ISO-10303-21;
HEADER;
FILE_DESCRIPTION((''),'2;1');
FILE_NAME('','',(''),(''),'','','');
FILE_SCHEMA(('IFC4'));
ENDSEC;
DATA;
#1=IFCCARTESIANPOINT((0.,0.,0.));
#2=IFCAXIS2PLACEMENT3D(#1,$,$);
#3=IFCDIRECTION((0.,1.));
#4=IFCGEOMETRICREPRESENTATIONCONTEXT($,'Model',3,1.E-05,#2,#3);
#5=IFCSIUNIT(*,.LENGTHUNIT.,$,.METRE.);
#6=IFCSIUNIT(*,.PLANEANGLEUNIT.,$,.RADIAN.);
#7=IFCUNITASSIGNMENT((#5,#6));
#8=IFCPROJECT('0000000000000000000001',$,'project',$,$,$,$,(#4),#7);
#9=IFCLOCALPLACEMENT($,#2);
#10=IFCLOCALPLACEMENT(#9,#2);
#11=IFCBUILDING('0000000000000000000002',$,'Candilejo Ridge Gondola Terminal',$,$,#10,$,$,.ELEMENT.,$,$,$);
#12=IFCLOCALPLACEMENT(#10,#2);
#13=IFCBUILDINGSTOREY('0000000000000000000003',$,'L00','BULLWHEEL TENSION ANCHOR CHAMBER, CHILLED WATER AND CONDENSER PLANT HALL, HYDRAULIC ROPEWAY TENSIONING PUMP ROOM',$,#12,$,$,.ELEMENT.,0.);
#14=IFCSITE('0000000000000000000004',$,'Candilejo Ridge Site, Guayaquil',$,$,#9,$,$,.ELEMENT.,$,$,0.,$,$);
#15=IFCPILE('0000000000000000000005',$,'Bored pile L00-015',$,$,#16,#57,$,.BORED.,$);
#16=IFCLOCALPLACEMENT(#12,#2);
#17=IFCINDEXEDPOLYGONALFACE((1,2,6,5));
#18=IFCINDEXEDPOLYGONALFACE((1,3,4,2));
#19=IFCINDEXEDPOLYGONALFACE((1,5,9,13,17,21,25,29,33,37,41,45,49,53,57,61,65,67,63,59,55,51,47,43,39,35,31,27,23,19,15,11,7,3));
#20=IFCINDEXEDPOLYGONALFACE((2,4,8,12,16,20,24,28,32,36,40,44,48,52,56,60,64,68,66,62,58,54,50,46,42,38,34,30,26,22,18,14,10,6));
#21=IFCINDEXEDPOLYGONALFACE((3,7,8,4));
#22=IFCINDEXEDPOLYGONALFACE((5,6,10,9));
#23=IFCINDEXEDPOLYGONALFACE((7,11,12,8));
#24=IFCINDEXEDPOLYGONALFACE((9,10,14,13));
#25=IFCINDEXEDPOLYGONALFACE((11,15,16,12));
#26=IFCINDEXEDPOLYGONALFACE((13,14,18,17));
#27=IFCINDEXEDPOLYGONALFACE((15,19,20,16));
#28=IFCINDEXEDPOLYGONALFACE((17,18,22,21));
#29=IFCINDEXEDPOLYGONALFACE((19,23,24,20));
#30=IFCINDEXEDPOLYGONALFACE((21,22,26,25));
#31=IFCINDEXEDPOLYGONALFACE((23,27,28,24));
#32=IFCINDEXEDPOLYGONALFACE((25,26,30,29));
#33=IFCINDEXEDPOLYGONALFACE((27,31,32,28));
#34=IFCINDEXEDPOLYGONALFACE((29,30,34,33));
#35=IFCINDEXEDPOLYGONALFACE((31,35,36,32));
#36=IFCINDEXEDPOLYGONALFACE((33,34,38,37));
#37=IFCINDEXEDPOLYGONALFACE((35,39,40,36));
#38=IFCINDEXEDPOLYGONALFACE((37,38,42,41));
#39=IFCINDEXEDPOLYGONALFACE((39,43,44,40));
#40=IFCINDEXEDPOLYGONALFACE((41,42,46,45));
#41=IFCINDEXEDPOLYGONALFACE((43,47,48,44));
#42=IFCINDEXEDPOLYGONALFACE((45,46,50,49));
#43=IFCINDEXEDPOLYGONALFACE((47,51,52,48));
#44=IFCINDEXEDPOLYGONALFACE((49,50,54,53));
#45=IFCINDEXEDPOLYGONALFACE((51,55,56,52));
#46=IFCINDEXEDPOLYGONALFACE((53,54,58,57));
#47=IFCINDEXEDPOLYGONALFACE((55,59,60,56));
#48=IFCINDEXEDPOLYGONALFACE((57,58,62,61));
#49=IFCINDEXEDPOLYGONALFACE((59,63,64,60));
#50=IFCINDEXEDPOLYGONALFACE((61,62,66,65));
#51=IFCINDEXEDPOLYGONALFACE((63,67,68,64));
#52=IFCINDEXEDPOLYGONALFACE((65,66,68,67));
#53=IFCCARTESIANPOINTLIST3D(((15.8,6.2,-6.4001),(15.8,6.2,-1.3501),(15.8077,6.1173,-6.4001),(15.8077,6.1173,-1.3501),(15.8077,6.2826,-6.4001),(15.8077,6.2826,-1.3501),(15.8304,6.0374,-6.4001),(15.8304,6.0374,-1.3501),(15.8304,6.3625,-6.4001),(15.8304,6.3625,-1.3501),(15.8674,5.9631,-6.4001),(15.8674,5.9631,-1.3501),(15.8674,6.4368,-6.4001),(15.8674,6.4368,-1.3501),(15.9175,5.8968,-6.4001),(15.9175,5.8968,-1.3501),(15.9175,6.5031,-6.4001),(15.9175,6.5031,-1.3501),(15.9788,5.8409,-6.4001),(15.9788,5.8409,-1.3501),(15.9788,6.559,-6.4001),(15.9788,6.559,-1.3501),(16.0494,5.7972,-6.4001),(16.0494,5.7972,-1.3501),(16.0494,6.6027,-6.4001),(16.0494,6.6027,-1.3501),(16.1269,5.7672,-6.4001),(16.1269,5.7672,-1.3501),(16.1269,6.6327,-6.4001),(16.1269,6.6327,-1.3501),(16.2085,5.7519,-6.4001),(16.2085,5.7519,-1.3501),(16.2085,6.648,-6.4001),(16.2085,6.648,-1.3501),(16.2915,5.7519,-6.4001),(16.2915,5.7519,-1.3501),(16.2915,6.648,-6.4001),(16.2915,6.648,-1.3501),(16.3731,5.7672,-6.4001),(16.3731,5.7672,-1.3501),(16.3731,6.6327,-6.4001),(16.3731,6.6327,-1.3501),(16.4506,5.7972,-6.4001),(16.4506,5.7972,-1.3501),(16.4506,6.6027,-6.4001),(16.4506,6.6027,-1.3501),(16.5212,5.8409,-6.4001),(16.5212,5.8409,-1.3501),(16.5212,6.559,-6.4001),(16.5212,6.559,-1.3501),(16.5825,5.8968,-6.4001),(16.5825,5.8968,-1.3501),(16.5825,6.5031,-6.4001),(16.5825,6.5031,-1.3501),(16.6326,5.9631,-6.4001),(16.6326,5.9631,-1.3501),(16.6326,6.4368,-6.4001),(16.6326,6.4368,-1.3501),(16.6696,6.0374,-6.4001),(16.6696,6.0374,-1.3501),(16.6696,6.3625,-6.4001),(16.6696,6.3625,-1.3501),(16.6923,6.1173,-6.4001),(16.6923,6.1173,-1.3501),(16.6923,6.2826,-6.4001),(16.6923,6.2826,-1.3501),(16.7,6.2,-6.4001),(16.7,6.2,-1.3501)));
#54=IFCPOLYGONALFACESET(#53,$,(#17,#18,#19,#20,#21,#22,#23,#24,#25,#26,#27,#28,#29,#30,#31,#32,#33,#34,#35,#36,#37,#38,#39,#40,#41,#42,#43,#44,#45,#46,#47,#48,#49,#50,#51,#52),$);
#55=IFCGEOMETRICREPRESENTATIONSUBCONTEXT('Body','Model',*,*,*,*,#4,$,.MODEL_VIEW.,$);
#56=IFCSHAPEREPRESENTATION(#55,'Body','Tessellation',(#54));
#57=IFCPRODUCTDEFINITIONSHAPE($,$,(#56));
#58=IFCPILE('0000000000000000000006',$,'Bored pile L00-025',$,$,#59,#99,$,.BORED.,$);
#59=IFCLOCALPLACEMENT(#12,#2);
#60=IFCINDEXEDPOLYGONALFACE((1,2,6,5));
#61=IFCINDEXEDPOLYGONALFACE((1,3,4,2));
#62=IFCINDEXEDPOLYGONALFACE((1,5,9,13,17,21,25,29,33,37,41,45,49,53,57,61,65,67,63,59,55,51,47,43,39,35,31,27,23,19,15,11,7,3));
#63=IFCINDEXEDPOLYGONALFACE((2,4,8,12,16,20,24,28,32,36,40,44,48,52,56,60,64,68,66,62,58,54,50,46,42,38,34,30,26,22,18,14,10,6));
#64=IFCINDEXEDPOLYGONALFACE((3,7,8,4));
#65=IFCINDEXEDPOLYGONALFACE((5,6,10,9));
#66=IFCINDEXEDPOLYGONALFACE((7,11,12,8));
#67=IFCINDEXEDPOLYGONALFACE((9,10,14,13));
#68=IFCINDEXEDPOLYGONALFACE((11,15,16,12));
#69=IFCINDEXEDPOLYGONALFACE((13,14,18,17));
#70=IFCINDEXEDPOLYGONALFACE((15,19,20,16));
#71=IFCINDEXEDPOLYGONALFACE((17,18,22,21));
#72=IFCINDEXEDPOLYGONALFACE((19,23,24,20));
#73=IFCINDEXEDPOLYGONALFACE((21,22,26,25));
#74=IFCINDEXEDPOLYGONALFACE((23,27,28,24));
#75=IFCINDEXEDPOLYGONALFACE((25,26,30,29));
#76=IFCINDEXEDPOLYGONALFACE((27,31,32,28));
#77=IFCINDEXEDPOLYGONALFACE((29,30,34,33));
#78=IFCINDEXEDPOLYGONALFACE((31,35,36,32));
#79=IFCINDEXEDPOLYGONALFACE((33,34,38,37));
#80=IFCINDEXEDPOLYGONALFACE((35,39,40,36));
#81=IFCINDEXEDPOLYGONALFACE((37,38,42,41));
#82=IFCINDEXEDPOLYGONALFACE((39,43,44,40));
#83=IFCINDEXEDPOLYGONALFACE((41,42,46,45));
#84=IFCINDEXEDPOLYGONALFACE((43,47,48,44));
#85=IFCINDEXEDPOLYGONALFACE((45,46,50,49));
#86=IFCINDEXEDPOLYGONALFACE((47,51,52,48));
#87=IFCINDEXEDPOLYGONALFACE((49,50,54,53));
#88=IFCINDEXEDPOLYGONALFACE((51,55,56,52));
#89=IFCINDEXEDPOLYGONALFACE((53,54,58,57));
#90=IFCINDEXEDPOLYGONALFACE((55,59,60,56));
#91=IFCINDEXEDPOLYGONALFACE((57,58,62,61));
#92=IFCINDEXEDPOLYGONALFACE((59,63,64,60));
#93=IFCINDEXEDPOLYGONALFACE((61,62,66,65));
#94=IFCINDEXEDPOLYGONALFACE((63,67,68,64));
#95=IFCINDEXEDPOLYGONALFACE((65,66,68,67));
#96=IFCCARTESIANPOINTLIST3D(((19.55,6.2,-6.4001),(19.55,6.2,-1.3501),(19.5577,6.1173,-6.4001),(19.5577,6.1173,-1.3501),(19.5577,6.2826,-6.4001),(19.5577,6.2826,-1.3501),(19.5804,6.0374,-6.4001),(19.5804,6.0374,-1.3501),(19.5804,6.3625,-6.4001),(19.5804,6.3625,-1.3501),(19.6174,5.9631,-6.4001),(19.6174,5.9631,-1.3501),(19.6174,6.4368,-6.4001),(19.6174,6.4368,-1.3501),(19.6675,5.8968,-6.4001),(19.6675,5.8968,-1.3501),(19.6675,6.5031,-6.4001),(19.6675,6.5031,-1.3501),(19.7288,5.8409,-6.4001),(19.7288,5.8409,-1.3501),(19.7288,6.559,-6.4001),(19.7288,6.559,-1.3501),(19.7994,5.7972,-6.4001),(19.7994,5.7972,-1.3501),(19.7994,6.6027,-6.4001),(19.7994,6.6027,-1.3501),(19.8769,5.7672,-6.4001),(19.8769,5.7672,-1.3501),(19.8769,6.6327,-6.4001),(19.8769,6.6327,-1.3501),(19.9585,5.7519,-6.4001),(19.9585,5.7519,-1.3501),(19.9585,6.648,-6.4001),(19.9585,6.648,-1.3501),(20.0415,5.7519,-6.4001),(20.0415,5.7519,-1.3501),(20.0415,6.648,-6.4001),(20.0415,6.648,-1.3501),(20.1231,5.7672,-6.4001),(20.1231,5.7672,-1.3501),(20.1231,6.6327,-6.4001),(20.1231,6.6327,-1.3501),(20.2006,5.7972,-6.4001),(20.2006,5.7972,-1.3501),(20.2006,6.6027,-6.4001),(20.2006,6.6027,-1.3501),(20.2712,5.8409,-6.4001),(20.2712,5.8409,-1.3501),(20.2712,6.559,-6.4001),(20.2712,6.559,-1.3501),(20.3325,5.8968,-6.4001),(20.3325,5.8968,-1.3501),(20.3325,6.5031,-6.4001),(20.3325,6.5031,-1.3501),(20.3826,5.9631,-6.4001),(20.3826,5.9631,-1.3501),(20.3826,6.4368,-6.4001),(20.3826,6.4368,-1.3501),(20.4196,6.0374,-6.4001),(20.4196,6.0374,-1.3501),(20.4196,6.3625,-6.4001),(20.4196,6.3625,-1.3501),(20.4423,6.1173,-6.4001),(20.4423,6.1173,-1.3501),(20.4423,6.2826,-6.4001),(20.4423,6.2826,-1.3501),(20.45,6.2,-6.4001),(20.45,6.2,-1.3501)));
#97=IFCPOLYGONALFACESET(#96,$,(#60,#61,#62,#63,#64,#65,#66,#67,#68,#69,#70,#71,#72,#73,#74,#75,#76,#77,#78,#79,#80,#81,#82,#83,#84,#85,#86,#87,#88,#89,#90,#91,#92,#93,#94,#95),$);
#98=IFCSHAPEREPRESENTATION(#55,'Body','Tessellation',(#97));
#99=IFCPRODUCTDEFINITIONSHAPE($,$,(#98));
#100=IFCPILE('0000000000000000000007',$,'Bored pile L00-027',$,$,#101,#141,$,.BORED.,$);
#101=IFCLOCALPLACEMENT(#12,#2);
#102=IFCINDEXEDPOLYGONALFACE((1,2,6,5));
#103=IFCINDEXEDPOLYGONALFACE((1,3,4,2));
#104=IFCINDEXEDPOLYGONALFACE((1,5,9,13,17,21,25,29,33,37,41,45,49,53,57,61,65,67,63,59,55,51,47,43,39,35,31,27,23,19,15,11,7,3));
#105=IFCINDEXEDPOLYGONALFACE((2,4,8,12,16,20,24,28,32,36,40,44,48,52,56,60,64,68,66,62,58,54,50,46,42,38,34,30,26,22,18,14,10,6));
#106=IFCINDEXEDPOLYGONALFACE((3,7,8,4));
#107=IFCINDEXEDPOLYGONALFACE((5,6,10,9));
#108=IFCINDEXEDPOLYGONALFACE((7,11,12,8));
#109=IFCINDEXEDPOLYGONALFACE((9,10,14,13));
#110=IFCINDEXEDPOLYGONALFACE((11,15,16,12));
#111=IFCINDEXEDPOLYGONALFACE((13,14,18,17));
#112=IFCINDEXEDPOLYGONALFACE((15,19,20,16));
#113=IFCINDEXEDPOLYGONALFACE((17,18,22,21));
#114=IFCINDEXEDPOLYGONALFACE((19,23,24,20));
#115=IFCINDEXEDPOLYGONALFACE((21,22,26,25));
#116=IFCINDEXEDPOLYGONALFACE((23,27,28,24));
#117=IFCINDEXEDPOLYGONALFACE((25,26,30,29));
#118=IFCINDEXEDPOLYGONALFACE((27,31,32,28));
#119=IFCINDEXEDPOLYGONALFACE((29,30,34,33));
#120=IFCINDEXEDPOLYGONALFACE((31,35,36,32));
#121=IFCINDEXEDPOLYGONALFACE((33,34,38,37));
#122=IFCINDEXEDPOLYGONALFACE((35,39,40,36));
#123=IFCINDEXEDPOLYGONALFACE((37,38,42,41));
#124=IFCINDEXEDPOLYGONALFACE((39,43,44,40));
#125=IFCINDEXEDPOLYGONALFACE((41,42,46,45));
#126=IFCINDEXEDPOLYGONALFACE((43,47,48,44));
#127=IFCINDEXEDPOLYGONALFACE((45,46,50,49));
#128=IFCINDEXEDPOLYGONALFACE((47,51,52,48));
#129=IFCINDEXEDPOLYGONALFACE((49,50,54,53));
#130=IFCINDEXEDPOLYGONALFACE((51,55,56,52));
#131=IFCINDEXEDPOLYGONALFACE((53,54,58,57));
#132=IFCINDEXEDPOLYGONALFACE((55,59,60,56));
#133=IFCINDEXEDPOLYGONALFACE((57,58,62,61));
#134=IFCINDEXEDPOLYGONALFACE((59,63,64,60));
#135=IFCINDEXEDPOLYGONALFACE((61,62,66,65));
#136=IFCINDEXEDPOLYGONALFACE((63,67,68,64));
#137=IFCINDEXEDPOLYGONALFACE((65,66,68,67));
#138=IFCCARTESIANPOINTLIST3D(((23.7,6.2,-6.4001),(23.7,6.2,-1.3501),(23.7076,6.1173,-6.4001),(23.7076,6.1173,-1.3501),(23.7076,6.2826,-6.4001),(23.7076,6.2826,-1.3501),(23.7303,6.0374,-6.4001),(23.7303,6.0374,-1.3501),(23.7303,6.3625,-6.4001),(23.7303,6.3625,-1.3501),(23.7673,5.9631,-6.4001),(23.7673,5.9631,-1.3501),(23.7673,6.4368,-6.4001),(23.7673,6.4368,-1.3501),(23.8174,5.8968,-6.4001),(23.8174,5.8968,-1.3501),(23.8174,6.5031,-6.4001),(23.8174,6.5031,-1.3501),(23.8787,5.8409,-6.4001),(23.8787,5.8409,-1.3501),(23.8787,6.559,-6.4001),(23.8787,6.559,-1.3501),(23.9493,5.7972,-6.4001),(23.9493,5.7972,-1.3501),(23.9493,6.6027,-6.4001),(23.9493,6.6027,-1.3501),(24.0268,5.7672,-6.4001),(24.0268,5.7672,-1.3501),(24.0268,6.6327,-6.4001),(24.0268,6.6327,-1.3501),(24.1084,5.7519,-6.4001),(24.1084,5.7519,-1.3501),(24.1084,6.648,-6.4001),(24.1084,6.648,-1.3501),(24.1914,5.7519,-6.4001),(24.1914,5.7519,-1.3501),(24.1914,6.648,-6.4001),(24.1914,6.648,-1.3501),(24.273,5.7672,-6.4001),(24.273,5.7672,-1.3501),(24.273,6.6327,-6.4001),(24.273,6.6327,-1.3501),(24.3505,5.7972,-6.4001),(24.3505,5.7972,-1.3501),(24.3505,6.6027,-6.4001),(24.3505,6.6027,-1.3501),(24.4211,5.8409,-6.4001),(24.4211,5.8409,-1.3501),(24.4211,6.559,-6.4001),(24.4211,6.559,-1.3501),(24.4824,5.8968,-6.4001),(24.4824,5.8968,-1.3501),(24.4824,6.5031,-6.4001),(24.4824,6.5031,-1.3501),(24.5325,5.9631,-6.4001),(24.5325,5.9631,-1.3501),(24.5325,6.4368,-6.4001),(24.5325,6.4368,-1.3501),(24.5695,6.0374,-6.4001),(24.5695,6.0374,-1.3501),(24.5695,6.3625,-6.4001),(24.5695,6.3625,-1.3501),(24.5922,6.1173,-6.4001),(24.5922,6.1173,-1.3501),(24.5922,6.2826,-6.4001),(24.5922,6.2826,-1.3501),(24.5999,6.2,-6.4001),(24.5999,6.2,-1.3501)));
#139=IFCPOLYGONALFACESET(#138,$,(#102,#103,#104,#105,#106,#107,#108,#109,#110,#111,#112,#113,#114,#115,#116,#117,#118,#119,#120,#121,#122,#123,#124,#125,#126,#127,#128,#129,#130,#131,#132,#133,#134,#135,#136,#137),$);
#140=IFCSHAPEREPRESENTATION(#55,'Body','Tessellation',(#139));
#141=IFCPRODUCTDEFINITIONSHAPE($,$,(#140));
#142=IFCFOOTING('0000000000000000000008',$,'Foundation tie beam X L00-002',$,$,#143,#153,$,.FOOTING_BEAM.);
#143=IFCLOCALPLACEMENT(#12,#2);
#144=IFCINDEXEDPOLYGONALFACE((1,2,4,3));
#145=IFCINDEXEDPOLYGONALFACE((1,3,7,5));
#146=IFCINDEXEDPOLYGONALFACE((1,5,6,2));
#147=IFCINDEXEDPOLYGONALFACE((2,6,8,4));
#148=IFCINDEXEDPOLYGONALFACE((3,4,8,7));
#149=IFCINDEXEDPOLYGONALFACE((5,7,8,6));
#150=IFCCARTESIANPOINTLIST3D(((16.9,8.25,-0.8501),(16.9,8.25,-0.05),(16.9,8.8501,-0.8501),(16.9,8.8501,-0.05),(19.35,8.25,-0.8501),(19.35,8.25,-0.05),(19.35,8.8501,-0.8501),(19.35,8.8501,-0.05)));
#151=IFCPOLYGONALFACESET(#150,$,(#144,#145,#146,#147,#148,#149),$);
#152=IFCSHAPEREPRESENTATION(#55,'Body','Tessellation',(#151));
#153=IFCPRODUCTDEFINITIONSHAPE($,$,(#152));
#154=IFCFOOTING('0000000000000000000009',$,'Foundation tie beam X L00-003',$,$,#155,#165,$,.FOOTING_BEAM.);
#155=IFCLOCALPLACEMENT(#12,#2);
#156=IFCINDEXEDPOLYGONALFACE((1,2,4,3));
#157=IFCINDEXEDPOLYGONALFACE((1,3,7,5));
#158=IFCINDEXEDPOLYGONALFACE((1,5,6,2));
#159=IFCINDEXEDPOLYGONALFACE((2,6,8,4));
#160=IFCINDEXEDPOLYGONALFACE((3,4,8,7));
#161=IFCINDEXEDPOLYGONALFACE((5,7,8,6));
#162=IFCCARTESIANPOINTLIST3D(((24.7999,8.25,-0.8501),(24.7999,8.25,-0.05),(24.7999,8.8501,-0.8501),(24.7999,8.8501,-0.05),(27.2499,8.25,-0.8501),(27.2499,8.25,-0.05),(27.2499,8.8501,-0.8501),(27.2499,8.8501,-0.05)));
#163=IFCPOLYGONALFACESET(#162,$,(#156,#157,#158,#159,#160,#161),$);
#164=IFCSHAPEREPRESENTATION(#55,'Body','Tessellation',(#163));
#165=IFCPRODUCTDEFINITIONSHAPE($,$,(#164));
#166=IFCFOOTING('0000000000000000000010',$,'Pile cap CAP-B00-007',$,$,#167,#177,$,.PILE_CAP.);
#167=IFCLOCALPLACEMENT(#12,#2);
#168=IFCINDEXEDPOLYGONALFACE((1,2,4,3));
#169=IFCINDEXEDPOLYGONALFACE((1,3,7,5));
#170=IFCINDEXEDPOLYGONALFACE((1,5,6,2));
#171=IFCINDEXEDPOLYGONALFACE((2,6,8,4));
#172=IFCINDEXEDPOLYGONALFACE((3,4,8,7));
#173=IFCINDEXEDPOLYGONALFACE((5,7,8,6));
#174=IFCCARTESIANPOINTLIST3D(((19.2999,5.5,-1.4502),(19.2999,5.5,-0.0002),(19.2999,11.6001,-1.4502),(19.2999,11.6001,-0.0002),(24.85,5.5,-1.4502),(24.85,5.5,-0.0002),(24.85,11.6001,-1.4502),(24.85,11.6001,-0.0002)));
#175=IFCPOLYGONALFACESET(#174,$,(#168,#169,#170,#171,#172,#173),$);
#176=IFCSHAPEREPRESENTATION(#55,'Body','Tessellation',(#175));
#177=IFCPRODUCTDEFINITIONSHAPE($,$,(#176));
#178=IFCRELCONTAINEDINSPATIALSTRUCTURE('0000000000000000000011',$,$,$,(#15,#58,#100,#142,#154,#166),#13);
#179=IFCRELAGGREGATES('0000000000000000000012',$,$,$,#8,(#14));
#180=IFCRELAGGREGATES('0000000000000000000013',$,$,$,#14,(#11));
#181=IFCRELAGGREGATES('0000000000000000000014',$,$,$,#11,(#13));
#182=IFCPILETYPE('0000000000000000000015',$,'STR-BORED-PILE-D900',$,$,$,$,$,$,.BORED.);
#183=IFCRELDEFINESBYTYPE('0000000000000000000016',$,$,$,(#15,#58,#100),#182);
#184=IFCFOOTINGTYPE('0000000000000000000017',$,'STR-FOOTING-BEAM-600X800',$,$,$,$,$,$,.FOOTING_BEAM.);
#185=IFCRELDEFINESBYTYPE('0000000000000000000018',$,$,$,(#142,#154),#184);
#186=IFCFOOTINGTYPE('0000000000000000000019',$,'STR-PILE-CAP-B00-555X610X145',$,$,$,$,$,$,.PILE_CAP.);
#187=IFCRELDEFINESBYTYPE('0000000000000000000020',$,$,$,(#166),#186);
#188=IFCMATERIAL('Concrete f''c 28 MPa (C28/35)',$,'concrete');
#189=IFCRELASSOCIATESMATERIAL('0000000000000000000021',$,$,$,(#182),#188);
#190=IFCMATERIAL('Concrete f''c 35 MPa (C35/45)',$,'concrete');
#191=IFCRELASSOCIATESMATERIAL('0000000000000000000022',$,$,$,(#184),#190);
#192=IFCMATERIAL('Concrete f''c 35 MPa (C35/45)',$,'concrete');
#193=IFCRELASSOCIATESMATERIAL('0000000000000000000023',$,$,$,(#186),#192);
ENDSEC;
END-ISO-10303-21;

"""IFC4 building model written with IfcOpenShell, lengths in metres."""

from ifc_helpers import new_model, si_unit, direction, frame, origin, origin_2d, place, context, subcontext, project, spatial, rectangle, circle, extrude, material, material_profile, profile_set, type_object, element, save


model = new_model("IFC4")

# Units and contexts
model_context = context("Model", 3, precision=1e-05, world=origin(), true_north=direction((0.0, 1.0)))
body_context = subcontext(model_context, "Body", "Model", "MODEL_VIEW")
ifc_project = project(units=[si_unit("LENGTHUNIT", "METRE"), si_unit("PLANEANGLEUNIT", "RADIAN")], contexts=[model_context])

# Site, building, storey
site_placement = place(None, origin())
site = spatial("IfcSite", under=ifc_project, at=site_placement, Name="Candilejo Ridge Site, Guayaquil", CompositionType="ELEMENT", RefElevation=0.0)
building_placement = place(site_placement, origin())
building = spatial("IfcBuilding", under=site, at=building_placement, Name="Candilejo Ridge Gondola Terminal", CompositionType="ELEMENT")
storey_placement = place(building_placement, origin())
storey = spatial("IfcBuildingStorey", under=building, at=storey_placement, Name="L00", Description="BULLWHEEL TENSION ANCHOR CHAMBER, CHILLED WATER AND CONDENSER PLANT HALL, HYDRAULIC ROPEWAY TENSIONING PUMP ROOM", CompositionType="ELEMENT", Elevation=0.0)

# Piles
ifc_material_1 = material(Name="Concrete f'c 28 MPa (C28/35)", Category="concrete")
ifc_material_profile_1 = material_profile(ifc_material_1, circle(Radius=0.45, at=origin_2d()))
ifc_profile_set_1 = profile_set([ifc_material_profile_1], Name="Concrete f'c 28 MPa (C28/35)")
pile_type = type_object("IfcPileType", Name="STR-BORED-PILE-D900", PredefinedType="BORED", material=ifc_profile_set_1)
for number, where, z_axis, x_axis, name in (
    (1, (16.25, 6.2, -1.3501), (0.0, 0.0, -1.0), (1.0, 0.0, 0.0), "Bored pile L00-015"),
    (2, (20.0, 6.2, -1.3501), (0.0, 0.0, -1.0), (1.0, 0.0, 0.0), "Bored pile L00-025"),
    (3, (24.1499, 6.2, -1.3501), (0.0, 0.0, -1.0), (1.0, 0.0, 0.0), "Bored pile L00-027"),
):
    element("IfcPile", number, at=place(storey_placement, frame(where, z_axis=z_axis, x_axis=x_axis)), inside=storey, type_object=pile_type, Name=name, PredefinedType="BORED", context=body_context, shape_type="SweptSolid", body=[
        extrude(circle(Radius=0.45, at=origin_2d()), origin(), (0.0, 0.0, 1.0), 5.05),
    ])

# Footings
ifc_material_2 = material(Name="Concrete f'c 35 MPa (C35/45)", Category="concrete")
footing_type_1 = type_object("IfcFootingType", Name="STR-FOOTING-BEAM-600X800", PredefinedType="FOOTING_BEAM", material=ifc_material_2)
for number, where, z_axis, x_axis, name in (
    (4, (18.125, 8.55, -0.8501), (0.0, 0.0, 1.0), (1.0, 0.0, 0.0), "Foundation tie beam X L00-002"),
    (5, (26.0249, 8.55, -0.8501), (0.0, 0.0, 1.0), (1.0, 0.0, 0.0), "Foundation tie beam X L00-003"),
):
    element("IfcFooting", number, at=place(storey_placement, frame(where, z_axis=z_axis, x_axis=x_axis)), inside=storey, type_object=footing_type_1, Name=name, PredefinedType="FOOTING_BEAM", context=body_context, shape_type="SweptSolid", body=[
        extrude(rectangle(XDim=2.45, YDim=0.6001, at=origin_2d()), origin(), (0.0, 0.0, 1.0), 0.8),
    ])
ifc_material_3 = material(Name="Concrete f'c 35 MPa (C35/45)", Category="concrete")
footing_type_2 = type_object("IfcFootingType", Name="STR-PILE-CAP-B00-555X610X145", PredefinedType="PILE_CAP", material=ifc_material_3)
footing_placement = place(storey_placement, frame((22.075, 8.55, -1.4502), z_axis=(0.0, 0.0, 1.0), x_axis=(1.0, 0.0, 0.0)))
element("IfcFooting", 6, at=footing_placement, inside=storey, type_object=footing_type_2, Name="Pile cap CAP-B00-007", PredefinedType="PILE_CAP", context=body_context, shape_type="SweptSolid", body=[
    extrude(rectangle(XDim=5.55, YDim=6.1001, at=origin_2d()), origin(), (0.0, 0.0, 1.0), 1.45),
])

save(model, "model.ifc")
